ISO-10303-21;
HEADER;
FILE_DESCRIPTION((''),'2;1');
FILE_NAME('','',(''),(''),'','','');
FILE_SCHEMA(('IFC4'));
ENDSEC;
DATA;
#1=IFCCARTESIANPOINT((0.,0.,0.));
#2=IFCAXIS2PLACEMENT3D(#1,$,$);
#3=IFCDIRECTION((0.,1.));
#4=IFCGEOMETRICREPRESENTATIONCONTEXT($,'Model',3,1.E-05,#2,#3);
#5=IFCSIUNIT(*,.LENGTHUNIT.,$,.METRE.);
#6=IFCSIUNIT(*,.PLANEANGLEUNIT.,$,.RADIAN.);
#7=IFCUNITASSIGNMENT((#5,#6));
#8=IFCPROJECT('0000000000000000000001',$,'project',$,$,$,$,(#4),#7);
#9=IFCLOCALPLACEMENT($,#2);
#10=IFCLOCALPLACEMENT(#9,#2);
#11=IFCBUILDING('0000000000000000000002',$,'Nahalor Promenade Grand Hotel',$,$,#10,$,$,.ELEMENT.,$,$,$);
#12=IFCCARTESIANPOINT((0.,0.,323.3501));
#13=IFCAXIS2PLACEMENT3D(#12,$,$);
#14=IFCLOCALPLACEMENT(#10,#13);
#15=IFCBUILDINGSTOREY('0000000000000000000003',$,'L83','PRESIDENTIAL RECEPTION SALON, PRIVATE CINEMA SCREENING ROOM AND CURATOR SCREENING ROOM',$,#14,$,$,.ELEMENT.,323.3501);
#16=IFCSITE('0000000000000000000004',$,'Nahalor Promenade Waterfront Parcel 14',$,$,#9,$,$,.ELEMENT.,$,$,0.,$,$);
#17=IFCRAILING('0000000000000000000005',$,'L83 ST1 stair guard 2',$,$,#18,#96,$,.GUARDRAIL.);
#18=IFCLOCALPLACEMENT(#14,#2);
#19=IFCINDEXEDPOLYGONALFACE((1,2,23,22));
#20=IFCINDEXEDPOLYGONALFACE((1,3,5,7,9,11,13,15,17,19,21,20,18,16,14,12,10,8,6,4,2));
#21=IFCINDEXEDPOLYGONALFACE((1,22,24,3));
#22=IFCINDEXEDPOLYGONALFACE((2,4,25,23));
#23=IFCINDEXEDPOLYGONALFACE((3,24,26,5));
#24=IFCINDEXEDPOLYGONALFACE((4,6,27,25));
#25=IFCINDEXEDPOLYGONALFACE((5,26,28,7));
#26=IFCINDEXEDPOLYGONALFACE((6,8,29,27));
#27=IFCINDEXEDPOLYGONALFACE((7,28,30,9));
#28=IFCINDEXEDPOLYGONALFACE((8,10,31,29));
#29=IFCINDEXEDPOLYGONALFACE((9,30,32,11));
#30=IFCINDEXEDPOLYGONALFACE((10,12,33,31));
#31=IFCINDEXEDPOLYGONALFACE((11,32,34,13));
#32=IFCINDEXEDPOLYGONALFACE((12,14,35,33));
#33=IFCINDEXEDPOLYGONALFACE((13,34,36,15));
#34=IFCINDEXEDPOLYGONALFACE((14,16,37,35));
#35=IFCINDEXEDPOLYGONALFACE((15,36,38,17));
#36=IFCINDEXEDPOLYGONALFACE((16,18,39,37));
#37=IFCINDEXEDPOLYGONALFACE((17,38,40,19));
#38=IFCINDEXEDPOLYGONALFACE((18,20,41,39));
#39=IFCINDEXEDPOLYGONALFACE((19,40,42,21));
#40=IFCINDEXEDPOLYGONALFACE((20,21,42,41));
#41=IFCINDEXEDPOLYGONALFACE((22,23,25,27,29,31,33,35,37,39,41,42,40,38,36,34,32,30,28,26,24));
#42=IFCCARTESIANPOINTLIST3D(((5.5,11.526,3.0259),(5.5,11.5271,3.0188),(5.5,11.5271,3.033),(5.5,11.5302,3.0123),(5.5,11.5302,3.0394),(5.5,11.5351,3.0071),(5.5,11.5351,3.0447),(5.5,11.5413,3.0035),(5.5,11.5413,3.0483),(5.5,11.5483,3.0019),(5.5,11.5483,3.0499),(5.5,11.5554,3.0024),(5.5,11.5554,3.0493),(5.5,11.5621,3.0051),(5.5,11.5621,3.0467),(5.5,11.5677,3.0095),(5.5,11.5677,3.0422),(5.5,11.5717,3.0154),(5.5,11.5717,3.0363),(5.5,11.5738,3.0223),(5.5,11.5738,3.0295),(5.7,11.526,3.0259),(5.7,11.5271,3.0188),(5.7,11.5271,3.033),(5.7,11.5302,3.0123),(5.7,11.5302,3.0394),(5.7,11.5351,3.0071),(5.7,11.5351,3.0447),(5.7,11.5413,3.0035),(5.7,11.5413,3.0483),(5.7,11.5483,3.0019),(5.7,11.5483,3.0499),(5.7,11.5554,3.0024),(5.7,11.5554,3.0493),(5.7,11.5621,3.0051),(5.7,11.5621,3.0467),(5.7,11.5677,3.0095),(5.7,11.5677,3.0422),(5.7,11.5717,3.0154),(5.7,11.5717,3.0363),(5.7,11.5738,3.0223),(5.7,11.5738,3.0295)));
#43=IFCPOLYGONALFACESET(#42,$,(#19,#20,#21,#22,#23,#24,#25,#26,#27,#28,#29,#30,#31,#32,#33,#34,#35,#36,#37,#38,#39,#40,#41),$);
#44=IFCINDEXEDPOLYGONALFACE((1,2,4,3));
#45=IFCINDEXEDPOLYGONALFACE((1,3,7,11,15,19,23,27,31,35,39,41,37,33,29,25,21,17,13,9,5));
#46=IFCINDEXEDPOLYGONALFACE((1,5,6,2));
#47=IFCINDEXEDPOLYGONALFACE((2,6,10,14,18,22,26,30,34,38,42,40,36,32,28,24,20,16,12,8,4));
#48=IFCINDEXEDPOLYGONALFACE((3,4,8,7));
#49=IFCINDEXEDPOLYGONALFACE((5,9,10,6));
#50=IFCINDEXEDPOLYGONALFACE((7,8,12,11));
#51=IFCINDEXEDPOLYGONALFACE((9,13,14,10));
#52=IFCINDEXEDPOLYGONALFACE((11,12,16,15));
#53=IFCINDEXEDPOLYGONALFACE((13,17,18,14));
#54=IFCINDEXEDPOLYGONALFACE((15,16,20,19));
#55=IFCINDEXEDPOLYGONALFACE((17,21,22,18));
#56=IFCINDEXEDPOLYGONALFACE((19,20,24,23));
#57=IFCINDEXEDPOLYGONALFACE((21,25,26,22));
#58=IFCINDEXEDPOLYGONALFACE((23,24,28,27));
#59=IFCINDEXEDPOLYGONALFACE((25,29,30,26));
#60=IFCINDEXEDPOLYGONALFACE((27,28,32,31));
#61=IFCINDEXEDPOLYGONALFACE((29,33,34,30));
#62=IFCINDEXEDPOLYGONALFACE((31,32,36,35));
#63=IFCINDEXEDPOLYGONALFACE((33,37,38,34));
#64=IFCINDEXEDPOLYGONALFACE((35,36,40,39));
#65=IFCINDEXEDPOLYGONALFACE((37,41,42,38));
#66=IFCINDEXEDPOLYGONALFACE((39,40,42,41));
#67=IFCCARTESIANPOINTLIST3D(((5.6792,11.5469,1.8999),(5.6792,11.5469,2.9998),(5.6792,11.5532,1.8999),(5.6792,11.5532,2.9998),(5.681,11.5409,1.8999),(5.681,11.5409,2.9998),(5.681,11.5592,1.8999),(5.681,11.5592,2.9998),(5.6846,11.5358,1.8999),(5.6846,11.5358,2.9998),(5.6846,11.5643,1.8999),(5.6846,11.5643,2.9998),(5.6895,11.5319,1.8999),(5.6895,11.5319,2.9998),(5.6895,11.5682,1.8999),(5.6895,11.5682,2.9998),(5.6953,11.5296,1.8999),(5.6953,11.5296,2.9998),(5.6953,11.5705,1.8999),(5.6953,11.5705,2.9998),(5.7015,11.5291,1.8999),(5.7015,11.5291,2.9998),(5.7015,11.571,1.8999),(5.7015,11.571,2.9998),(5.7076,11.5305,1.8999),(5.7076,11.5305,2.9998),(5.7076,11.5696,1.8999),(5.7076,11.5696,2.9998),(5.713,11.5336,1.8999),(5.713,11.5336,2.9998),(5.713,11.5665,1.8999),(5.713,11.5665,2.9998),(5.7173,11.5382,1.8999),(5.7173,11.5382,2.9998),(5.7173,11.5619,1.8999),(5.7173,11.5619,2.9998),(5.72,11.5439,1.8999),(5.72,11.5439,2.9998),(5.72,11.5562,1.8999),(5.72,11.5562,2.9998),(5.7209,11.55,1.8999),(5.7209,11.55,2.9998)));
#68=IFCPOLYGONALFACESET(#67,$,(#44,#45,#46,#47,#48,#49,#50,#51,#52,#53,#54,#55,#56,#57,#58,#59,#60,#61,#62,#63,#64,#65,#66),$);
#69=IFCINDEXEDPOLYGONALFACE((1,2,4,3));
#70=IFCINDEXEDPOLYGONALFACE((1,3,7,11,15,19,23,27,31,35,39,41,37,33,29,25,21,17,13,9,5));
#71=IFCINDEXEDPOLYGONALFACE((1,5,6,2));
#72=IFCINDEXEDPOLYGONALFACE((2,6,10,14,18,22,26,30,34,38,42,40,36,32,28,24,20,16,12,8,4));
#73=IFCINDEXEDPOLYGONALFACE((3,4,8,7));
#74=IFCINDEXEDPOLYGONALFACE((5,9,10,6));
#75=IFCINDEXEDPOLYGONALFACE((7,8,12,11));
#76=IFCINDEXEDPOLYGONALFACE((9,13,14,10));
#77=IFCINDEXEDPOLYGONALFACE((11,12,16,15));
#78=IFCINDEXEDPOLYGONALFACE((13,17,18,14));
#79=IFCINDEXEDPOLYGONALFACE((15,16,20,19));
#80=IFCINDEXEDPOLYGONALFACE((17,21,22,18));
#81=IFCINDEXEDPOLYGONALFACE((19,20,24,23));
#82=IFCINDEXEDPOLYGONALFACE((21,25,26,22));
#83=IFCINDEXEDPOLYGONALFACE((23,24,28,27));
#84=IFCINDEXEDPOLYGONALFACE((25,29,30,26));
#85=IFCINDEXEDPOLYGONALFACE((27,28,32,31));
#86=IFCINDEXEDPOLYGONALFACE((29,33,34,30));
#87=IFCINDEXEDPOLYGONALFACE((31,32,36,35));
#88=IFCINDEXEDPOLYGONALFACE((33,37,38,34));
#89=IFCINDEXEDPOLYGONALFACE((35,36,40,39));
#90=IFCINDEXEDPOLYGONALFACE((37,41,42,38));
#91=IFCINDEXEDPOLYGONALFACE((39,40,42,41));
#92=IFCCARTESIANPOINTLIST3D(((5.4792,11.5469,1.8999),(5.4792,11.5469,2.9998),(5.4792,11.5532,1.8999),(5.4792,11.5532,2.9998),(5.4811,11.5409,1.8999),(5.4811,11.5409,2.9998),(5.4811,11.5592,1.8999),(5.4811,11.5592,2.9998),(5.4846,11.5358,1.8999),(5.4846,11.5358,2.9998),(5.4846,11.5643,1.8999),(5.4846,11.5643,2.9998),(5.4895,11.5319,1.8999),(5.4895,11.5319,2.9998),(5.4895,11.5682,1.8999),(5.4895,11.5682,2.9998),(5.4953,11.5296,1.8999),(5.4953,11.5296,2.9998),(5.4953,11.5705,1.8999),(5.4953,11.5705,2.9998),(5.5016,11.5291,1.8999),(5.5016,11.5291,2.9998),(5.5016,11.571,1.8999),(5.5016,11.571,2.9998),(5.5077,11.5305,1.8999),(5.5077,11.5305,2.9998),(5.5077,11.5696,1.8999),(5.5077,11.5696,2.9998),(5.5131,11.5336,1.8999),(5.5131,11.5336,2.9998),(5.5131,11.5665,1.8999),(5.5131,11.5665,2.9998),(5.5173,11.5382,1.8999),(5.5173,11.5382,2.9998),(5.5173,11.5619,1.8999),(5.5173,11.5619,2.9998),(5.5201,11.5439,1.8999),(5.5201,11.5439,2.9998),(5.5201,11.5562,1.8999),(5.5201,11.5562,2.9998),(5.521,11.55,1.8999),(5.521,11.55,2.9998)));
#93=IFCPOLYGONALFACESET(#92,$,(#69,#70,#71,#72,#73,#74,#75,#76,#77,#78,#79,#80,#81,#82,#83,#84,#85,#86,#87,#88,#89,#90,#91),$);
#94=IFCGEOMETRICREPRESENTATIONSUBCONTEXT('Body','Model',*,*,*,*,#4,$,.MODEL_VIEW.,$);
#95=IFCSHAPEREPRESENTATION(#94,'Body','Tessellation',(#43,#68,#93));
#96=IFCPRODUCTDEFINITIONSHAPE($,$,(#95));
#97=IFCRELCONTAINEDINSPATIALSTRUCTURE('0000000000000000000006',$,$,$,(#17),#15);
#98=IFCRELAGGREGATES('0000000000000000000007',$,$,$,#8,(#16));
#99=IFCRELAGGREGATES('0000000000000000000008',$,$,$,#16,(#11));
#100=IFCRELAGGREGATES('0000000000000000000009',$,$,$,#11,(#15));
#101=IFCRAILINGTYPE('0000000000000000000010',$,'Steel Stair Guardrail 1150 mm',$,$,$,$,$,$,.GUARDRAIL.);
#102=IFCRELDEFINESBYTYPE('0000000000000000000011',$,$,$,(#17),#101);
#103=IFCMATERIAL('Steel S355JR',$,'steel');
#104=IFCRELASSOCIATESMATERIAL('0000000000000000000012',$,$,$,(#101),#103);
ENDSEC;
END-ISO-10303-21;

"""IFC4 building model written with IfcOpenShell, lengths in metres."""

from ifc_helpers import new_model, si_unit, direction, frame, origin, origin_2d, place, context, subcontext, project, spatial, circle, extrude, material, type_object, element, save


model = new_model("IFC4")

# Units and contexts
model_context = context("Model", 3, precision=1e-05, world=origin(), true_north=direction((0.0, 1.0)))
body_context = subcontext(model_context, "Body", "Model", "MODEL_VIEW")
ifc_project = project(units=[si_unit("LENGTHUNIT", "METRE"), si_unit("PLANEANGLEUNIT", "RADIAN")], contexts=[model_context])

# Site, building, storey
site_placement = place(None, origin())
site = spatial("IfcSite", under=ifc_project, at=site_placement, Name="Nahalor Promenade Waterfront Parcel 14", CompositionType="ELEMENT", RefElevation=0.0)
building_placement = place(site_placement, origin())
building = spatial("IfcBuilding", under=site, at=building_placement, Name="Nahalor Promenade Grand Hotel", CompositionType="ELEMENT")
storey_placement = place(building_placement, frame((0.0, 0.0, 323.3501)))
storey = spatial("IfcBuildingStorey", under=building, at=storey_placement, Name="L83", Description="PRESIDENTIAL RECEPTION SALON, PRIVATE CINEMA SCREENING ROOM AND CURATOR SCREENING ROOM", CompositionType="ELEMENT", Elevation=323.3501)

# Shared definitions
ifc_material_1 = material(Name="Steel S355JR", Category="steel")

# Railing
railing_type_1 = type_object("IfcRailingType", Name="Steel Stair Guardrail 1150 mm", PredefinedType="GUARDRAIL", material=ifc_material_1)
railing_1_placement = place(storey_placement, frame((5.7, 11.55, 1.8999)))
element("IfcRailing", 1, at=railing_1_placement, inside=storey, type_object=railing_type_1, Name="L83 ST1 stair guard 2", PredefinedType="GUARDRAIL", context=body_context, shape_type="SweptSolid", body=[
    extrude(circle(Radius=0.024, at=origin_2d()), frame((0.0, 0.0, 1.126), z_axis=(-1.0, 0.0, 0.0), x_axis=(0.0, -1.0, 0.0)), (0.0, 0.0, 1.0), 0.2),
    extrude(circle(Radius=0.021, at=origin_2d()), origin(), (0.0, 0.0, 1.0), 1.0999),
    extrude(circle(Radius=0.021, at=origin_2d()), frame((-0.2, 0.0, 0.0)), (0.0, 0.0, 1.0), 1.0999),
])

save(model, "model.ifc")
